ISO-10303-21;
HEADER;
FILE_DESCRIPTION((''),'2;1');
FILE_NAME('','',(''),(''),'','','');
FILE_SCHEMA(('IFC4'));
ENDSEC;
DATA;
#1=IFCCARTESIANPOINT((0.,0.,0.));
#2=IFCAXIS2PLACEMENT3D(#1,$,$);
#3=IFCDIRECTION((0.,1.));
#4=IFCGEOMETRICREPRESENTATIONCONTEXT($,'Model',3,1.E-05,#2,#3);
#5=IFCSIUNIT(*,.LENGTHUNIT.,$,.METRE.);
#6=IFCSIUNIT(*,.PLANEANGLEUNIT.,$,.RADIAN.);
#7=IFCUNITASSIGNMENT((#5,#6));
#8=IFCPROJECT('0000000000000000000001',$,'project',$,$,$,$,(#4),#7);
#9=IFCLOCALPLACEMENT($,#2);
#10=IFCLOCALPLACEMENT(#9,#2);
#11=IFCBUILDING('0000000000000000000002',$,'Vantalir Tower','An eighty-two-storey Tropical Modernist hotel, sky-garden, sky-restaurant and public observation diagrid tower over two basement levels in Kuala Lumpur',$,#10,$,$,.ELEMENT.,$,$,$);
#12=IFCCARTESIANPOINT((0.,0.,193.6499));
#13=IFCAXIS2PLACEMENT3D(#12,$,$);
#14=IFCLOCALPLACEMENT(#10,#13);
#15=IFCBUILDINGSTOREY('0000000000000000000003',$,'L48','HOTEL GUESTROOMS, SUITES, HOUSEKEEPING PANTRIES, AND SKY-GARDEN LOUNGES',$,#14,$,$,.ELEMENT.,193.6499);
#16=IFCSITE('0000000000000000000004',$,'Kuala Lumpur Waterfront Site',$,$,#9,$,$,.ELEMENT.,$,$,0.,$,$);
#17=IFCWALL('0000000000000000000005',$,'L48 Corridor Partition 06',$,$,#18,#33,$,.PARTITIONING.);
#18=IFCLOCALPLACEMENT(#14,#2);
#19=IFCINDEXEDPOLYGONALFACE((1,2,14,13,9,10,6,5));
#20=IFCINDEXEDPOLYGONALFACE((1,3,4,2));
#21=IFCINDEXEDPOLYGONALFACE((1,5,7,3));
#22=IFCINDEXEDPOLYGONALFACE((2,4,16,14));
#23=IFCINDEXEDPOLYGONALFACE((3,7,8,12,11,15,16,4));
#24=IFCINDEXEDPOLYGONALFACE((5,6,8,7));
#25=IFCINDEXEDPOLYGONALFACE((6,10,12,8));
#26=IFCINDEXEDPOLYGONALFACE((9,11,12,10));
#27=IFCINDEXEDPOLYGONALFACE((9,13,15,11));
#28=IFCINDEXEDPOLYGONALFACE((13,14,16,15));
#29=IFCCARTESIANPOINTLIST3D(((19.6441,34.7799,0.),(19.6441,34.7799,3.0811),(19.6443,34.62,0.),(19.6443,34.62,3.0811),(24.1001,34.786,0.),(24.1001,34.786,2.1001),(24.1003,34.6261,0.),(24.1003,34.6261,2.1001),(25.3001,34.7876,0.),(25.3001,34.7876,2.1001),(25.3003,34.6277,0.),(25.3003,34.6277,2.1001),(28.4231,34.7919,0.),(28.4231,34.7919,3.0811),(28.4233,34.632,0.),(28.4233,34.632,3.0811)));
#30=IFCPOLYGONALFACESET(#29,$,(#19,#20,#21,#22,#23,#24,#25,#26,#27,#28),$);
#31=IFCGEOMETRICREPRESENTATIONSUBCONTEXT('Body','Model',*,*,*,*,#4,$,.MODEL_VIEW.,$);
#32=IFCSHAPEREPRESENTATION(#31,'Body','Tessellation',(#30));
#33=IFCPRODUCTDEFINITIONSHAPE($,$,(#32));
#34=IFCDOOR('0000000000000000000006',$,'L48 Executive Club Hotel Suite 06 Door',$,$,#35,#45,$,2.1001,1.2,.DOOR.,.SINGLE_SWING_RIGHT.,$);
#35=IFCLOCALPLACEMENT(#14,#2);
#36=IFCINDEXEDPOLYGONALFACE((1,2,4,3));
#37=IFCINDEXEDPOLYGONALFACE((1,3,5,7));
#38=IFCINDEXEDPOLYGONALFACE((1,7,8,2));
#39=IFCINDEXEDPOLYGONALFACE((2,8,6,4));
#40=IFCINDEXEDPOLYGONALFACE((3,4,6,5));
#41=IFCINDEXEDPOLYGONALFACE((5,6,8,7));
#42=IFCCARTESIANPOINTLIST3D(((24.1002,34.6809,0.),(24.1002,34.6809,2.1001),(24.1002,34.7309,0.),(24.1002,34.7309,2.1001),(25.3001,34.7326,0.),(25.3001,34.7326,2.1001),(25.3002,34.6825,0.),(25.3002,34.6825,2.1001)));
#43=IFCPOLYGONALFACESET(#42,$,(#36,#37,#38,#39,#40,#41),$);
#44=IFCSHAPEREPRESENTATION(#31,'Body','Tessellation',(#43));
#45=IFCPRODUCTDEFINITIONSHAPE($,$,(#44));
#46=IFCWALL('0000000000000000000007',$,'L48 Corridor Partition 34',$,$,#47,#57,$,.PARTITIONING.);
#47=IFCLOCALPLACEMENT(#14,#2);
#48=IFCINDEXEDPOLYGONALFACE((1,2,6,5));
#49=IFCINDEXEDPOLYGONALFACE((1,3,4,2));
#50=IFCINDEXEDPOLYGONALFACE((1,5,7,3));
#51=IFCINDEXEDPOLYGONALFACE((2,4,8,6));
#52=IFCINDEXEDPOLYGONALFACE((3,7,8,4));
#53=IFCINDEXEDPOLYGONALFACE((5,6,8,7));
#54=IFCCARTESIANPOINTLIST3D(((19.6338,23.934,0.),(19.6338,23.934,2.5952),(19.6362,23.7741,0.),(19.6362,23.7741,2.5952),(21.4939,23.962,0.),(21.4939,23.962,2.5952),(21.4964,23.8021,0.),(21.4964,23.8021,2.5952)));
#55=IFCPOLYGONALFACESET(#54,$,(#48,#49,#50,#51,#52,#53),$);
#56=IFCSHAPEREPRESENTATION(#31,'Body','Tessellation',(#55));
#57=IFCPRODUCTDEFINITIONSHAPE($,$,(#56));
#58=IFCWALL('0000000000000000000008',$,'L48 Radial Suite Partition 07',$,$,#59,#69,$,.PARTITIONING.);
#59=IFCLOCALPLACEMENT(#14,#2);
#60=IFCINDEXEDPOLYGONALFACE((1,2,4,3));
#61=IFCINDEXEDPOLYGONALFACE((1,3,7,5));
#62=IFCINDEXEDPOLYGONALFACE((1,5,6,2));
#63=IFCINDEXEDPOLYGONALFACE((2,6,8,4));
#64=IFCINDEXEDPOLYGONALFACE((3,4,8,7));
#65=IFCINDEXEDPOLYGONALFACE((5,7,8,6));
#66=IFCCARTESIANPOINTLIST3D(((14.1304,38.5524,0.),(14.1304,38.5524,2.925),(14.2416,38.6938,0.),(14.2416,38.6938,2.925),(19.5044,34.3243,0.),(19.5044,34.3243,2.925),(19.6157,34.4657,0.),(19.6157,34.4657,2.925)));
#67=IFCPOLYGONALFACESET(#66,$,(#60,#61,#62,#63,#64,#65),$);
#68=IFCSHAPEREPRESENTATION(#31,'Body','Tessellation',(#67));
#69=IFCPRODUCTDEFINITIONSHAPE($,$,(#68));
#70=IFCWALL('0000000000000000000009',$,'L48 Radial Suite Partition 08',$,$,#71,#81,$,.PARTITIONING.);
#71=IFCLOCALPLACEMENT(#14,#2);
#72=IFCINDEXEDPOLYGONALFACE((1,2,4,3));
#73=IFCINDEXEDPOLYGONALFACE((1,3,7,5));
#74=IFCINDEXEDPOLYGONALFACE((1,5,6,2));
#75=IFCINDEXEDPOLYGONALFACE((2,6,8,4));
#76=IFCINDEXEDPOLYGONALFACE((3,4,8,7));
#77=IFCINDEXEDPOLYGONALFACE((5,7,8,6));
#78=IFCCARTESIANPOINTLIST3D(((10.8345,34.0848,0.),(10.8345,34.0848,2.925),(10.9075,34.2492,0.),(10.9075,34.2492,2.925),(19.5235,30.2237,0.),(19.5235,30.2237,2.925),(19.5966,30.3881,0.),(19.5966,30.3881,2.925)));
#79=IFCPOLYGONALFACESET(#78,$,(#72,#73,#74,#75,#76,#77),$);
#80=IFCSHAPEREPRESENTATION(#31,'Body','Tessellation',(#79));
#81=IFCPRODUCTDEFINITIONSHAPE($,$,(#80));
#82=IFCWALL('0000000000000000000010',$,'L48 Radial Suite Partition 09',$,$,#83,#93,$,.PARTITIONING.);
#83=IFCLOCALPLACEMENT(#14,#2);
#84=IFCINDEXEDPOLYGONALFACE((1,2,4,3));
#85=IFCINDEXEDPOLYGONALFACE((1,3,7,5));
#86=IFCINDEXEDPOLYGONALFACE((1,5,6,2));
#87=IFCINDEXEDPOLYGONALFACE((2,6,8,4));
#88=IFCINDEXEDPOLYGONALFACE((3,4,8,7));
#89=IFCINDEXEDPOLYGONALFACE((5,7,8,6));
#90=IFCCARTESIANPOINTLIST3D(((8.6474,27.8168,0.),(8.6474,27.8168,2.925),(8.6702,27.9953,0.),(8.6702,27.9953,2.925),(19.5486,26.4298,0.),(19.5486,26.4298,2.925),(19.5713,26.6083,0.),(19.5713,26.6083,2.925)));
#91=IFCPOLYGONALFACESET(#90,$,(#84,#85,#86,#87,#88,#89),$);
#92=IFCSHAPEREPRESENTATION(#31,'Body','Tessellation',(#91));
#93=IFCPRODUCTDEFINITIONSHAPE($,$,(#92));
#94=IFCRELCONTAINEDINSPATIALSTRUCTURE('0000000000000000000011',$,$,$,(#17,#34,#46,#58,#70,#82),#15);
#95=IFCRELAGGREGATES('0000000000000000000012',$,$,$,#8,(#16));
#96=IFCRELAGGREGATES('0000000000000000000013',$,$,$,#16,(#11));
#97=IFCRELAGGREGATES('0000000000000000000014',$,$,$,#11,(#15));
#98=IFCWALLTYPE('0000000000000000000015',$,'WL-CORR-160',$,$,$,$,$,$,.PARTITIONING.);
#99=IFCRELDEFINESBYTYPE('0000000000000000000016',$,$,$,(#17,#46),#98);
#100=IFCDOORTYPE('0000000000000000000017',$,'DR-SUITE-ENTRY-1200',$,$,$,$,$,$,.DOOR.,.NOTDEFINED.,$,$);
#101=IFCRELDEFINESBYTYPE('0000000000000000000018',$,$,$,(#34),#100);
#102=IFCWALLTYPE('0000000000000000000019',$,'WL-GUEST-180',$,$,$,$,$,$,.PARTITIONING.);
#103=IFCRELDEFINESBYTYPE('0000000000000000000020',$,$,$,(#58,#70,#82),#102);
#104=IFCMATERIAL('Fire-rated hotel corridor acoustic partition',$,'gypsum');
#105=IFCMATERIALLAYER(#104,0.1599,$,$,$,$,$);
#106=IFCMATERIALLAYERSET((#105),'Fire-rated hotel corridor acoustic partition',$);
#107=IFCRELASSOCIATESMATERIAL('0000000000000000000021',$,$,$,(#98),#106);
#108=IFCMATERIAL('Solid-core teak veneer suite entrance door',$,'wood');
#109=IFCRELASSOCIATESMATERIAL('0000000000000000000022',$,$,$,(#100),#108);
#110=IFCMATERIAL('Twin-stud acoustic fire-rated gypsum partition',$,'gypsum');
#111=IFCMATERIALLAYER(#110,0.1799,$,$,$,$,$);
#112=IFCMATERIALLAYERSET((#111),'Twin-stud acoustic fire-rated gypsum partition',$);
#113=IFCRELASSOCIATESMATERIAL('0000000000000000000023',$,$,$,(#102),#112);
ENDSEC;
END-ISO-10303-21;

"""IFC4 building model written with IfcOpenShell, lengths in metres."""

from ifc_helpers import new_model, si_unit, direction, frame, frame_2d, origin, place, context, subcontext, project, spatial, rectangle, extrude, material, layer, layer_set, type_object, element, fill, save


model = new_model("IFC4")

# Units and contexts
model_context = context("Model", 3, precision=1e-05, world=origin(), true_north=direction((0.0, 1.0)))
body_context = subcontext(model_context, "Body", "Model", "MODEL_VIEW")
ifc_project = project(units=[si_unit("LENGTHUNIT", "METRE"), si_unit("PLANEANGLEUNIT", "RADIAN")], contexts=[model_context])

# Site, building, storey
site_placement = place(None, origin())
site = spatial("IfcSite", under=ifc_project, at=site_placement, Name="Kuala Lumpur Waterfront Site", CompositionType="ELEMENT", RefElevation=0.0)
building_placement = place(site_placement, origin())
building = spatial("IfcBuilding", under=site, at=building_placement, Name="Vantalir Tower", Description="An eighty-two-storey Tropical Modernist hotel, sky-garden, sky-restaurant and public observation diagrid tower over two basement levels in Kuala Lumpur", CompositionType="ELEMENT")
storey_placement = place(building_placement, frame((0.0, 0.0, 193.6499)))
storey = spatial("IfcBuildingStorey", under=building, at=storey_placement, Name="L48", Description="HOTEL GUESTROOMS, SUITES, HOUSEKEEPING PANTRIES, AND SKY-GARDEN LOUNGES", CompositionType="ELEMENT", Elevation=193.6499)

# Shared definitions
ifc_material_1 = material(Name="Fire-rated hotel corridor acoustic partition", Category="gypsum")
ifc_layer_1 = layer(ifc_material_1, 0.1599)
ifc_layer_set_1 = layer_set([ifc_layer_1], Name="Fire-rated hotel corridor acoustic partition")
wall_type_1 = type_object("IfcWallType", Name="WL-CORR-160", PredefinedType="PARTITIONING", material=ifc_layer_set_1)

# Shared definitions
ifc_material_2 = material(Name="Solid-core teak veneer suite entrance door", Category="wood")
door_type_1 = type_object("IfcDoorType", Name="DR-SUITE-ENTRY-1200", OperationType="NOTDEFINED", PredefinedType="DOOR", material=ifc_material_2)

# Wall, opening, door
wall_1_placement = place(storey_placement, frame((19.644, 34.7, 0.0), z_axis=(0.0, 0.0, 1.0), x_axis=(0.999999, 0.001363, 0.0)))
wall_1 = element("IfcWall", 1, at=wall_1_placement, inside=storey, type_object=wall_type_1, Name="L48 Corridor Partition 06", PredefinedType="PARTITIONING", context=body_context, shape_type="SweptSolid", body=[
    extrude(rectangle(XDim=8.7791, YDim=0.1599, at=frame_2d((4.3896, 0.0))), origin(), (0.0, 0.0, 1.0), 3.0811),
])
opening_1_placement = place(wall_1_placement, frame((4.4561, 0.0, 0.0)))
opening_1 = element("IfcOpeningElement", 2, at=opening_1_placement, cuts=wall_1, PredefinedType="OPENING", context=body_context, shape_type="SweptSolid", body=[
    extrude(rectangle(XDim=1.2, YDim=2.1001, at=frame_2d((0.6001, 1.05))), frame((0.0, 0.0898, 0.0), z_axis=(0.0, -1.0, 0.0), x_axis=(1.0, 0.0, 0.0)), (0.0, 0.0, 1.0), 0.1799),
])
door_1_placement = place(opening_1_placement, origin())
door_1 = element("IfcDoor", 3, at=door_1_placement, inside=storey, type_object=door_type_1, Name="L48 Executive Club Hotel Suite 06 Door", OperationType="SINGLE_SWING_RIGHT", OverallHeight=2.1001, OverallWidth=1.2, PredefinedType="DOOR", context=body_context, shape_type="SweptSolid", body=[
    extrude(rectangle(XDim=1.2, YDim=2.1001, at=frame_2d((0.6001, 1.05))), frame((0.0, 0.0249, 0.0), z_axis=(0.0, -1.0, 0.0), x_axis=(1.0, 0.0, 0.0)), (0.0, 0.0, 1.0), 0.05),
])
fill(opening_1, door_1)

# Walls
wall_2_placement = place(storey_placement, frame((19.635, 23.854, 0.0), z_axis=(0.0, 0.0, 1.0), x_axis=(0.999886, 0.015092, 0.0)))
element("IfcWall", 4, at=wall_2_placement, inside=storey, type_object=wall_type_1, Name="L48 Corridor Partition 34", PredefinedType="PARTITIONING", context=body_context, shape_type="SweptSolid", body=[
    extrude(rectangle(XDim=1.8604, YDim=0.1599, at=frame_2d((0.9302, 0.0))), origin(), (0.0, 0.0, 1.0), 2.5952),
])
ifc_material_3 = material(Name="Twin-stud acoustic fire-rated gypsum partition", Category="gypsum")
ifc_layer_2 = layer(ifc_material_3, 0.1799)
ifc_layer_set_2 = layer_set([ifc_layer_2], Name="Twin-stud acoustic fire-rated gypsum partition")
wall_type_2 = type_object("IfcWallType", Name="WL-GUEST-180", PredefinedType="PARTITIONING", material=ifc_layer_set_2)
wall_3_placement = place(storey_placement, frame((19.5601, 34.395, 0.0), z_axis=(0.0, 0.0, 1.0), x_axis=(-0.785922, 0.618326, 0.0)))
element("IfcWall", 5, at=wall_3_placement, inside=storey, type_object=wall_type_2, Name="L48 Radial Suite Partition 07", PredefinedType="PARTITIONING", context=body_context, shape_type="SweptSolid", body=[
    extrude(rectangle(XDim=6.8379, YDim=0.1799, at=frame_2d((3.4189, 0.0))), origin(), (0.0, 0.0, 1.0), 2.925),
])
wall_4_placement = place(storey_placement, frame((19.5601, 30.3059, 0.0), z_axis=(0.0, 0.0, 1.0), x_axis=(-0.913838, 0.406079, 0.0)))
element("IfcWall", 6, at=wall_4_placement, inside=storey, type_object=wall_type_2, Name="L48 Radial Suite Partition 08", PredefinedType="PARTITIONING", context=body_context, shape_type="SweptSolid", body=[
    extrude(rectangle(XDim=9.5083, YDim=0.1799, at=frame_2d((4.7542, 0.0))), origin(), (0.0, 0.0, 1.0), 2.925),
])
wall_5_placement = place(storey_placement, frame((19.5601, 26.519, 0.0), z_axis=(0.0, 0.0, 1.0), x_axis=(-0.992003, 0.126214, 0.0)))
element("IfcWall", 7, at=wall_5_placement, inside=storey, type_object=wall_type_2, Name="L48 Radial Suite Partition 09", PredefinedType="PARTITIONING", context=body_context, shape_type="SweptSolid", body=[
    extrude(rectangle(XDim=10.989, YDim=0.1799, at=frame_2d((5.4946, 0.0))), origin(), (0.0, 0.0, 1.0), 2.925),
])

save(model, "model.ifc")
